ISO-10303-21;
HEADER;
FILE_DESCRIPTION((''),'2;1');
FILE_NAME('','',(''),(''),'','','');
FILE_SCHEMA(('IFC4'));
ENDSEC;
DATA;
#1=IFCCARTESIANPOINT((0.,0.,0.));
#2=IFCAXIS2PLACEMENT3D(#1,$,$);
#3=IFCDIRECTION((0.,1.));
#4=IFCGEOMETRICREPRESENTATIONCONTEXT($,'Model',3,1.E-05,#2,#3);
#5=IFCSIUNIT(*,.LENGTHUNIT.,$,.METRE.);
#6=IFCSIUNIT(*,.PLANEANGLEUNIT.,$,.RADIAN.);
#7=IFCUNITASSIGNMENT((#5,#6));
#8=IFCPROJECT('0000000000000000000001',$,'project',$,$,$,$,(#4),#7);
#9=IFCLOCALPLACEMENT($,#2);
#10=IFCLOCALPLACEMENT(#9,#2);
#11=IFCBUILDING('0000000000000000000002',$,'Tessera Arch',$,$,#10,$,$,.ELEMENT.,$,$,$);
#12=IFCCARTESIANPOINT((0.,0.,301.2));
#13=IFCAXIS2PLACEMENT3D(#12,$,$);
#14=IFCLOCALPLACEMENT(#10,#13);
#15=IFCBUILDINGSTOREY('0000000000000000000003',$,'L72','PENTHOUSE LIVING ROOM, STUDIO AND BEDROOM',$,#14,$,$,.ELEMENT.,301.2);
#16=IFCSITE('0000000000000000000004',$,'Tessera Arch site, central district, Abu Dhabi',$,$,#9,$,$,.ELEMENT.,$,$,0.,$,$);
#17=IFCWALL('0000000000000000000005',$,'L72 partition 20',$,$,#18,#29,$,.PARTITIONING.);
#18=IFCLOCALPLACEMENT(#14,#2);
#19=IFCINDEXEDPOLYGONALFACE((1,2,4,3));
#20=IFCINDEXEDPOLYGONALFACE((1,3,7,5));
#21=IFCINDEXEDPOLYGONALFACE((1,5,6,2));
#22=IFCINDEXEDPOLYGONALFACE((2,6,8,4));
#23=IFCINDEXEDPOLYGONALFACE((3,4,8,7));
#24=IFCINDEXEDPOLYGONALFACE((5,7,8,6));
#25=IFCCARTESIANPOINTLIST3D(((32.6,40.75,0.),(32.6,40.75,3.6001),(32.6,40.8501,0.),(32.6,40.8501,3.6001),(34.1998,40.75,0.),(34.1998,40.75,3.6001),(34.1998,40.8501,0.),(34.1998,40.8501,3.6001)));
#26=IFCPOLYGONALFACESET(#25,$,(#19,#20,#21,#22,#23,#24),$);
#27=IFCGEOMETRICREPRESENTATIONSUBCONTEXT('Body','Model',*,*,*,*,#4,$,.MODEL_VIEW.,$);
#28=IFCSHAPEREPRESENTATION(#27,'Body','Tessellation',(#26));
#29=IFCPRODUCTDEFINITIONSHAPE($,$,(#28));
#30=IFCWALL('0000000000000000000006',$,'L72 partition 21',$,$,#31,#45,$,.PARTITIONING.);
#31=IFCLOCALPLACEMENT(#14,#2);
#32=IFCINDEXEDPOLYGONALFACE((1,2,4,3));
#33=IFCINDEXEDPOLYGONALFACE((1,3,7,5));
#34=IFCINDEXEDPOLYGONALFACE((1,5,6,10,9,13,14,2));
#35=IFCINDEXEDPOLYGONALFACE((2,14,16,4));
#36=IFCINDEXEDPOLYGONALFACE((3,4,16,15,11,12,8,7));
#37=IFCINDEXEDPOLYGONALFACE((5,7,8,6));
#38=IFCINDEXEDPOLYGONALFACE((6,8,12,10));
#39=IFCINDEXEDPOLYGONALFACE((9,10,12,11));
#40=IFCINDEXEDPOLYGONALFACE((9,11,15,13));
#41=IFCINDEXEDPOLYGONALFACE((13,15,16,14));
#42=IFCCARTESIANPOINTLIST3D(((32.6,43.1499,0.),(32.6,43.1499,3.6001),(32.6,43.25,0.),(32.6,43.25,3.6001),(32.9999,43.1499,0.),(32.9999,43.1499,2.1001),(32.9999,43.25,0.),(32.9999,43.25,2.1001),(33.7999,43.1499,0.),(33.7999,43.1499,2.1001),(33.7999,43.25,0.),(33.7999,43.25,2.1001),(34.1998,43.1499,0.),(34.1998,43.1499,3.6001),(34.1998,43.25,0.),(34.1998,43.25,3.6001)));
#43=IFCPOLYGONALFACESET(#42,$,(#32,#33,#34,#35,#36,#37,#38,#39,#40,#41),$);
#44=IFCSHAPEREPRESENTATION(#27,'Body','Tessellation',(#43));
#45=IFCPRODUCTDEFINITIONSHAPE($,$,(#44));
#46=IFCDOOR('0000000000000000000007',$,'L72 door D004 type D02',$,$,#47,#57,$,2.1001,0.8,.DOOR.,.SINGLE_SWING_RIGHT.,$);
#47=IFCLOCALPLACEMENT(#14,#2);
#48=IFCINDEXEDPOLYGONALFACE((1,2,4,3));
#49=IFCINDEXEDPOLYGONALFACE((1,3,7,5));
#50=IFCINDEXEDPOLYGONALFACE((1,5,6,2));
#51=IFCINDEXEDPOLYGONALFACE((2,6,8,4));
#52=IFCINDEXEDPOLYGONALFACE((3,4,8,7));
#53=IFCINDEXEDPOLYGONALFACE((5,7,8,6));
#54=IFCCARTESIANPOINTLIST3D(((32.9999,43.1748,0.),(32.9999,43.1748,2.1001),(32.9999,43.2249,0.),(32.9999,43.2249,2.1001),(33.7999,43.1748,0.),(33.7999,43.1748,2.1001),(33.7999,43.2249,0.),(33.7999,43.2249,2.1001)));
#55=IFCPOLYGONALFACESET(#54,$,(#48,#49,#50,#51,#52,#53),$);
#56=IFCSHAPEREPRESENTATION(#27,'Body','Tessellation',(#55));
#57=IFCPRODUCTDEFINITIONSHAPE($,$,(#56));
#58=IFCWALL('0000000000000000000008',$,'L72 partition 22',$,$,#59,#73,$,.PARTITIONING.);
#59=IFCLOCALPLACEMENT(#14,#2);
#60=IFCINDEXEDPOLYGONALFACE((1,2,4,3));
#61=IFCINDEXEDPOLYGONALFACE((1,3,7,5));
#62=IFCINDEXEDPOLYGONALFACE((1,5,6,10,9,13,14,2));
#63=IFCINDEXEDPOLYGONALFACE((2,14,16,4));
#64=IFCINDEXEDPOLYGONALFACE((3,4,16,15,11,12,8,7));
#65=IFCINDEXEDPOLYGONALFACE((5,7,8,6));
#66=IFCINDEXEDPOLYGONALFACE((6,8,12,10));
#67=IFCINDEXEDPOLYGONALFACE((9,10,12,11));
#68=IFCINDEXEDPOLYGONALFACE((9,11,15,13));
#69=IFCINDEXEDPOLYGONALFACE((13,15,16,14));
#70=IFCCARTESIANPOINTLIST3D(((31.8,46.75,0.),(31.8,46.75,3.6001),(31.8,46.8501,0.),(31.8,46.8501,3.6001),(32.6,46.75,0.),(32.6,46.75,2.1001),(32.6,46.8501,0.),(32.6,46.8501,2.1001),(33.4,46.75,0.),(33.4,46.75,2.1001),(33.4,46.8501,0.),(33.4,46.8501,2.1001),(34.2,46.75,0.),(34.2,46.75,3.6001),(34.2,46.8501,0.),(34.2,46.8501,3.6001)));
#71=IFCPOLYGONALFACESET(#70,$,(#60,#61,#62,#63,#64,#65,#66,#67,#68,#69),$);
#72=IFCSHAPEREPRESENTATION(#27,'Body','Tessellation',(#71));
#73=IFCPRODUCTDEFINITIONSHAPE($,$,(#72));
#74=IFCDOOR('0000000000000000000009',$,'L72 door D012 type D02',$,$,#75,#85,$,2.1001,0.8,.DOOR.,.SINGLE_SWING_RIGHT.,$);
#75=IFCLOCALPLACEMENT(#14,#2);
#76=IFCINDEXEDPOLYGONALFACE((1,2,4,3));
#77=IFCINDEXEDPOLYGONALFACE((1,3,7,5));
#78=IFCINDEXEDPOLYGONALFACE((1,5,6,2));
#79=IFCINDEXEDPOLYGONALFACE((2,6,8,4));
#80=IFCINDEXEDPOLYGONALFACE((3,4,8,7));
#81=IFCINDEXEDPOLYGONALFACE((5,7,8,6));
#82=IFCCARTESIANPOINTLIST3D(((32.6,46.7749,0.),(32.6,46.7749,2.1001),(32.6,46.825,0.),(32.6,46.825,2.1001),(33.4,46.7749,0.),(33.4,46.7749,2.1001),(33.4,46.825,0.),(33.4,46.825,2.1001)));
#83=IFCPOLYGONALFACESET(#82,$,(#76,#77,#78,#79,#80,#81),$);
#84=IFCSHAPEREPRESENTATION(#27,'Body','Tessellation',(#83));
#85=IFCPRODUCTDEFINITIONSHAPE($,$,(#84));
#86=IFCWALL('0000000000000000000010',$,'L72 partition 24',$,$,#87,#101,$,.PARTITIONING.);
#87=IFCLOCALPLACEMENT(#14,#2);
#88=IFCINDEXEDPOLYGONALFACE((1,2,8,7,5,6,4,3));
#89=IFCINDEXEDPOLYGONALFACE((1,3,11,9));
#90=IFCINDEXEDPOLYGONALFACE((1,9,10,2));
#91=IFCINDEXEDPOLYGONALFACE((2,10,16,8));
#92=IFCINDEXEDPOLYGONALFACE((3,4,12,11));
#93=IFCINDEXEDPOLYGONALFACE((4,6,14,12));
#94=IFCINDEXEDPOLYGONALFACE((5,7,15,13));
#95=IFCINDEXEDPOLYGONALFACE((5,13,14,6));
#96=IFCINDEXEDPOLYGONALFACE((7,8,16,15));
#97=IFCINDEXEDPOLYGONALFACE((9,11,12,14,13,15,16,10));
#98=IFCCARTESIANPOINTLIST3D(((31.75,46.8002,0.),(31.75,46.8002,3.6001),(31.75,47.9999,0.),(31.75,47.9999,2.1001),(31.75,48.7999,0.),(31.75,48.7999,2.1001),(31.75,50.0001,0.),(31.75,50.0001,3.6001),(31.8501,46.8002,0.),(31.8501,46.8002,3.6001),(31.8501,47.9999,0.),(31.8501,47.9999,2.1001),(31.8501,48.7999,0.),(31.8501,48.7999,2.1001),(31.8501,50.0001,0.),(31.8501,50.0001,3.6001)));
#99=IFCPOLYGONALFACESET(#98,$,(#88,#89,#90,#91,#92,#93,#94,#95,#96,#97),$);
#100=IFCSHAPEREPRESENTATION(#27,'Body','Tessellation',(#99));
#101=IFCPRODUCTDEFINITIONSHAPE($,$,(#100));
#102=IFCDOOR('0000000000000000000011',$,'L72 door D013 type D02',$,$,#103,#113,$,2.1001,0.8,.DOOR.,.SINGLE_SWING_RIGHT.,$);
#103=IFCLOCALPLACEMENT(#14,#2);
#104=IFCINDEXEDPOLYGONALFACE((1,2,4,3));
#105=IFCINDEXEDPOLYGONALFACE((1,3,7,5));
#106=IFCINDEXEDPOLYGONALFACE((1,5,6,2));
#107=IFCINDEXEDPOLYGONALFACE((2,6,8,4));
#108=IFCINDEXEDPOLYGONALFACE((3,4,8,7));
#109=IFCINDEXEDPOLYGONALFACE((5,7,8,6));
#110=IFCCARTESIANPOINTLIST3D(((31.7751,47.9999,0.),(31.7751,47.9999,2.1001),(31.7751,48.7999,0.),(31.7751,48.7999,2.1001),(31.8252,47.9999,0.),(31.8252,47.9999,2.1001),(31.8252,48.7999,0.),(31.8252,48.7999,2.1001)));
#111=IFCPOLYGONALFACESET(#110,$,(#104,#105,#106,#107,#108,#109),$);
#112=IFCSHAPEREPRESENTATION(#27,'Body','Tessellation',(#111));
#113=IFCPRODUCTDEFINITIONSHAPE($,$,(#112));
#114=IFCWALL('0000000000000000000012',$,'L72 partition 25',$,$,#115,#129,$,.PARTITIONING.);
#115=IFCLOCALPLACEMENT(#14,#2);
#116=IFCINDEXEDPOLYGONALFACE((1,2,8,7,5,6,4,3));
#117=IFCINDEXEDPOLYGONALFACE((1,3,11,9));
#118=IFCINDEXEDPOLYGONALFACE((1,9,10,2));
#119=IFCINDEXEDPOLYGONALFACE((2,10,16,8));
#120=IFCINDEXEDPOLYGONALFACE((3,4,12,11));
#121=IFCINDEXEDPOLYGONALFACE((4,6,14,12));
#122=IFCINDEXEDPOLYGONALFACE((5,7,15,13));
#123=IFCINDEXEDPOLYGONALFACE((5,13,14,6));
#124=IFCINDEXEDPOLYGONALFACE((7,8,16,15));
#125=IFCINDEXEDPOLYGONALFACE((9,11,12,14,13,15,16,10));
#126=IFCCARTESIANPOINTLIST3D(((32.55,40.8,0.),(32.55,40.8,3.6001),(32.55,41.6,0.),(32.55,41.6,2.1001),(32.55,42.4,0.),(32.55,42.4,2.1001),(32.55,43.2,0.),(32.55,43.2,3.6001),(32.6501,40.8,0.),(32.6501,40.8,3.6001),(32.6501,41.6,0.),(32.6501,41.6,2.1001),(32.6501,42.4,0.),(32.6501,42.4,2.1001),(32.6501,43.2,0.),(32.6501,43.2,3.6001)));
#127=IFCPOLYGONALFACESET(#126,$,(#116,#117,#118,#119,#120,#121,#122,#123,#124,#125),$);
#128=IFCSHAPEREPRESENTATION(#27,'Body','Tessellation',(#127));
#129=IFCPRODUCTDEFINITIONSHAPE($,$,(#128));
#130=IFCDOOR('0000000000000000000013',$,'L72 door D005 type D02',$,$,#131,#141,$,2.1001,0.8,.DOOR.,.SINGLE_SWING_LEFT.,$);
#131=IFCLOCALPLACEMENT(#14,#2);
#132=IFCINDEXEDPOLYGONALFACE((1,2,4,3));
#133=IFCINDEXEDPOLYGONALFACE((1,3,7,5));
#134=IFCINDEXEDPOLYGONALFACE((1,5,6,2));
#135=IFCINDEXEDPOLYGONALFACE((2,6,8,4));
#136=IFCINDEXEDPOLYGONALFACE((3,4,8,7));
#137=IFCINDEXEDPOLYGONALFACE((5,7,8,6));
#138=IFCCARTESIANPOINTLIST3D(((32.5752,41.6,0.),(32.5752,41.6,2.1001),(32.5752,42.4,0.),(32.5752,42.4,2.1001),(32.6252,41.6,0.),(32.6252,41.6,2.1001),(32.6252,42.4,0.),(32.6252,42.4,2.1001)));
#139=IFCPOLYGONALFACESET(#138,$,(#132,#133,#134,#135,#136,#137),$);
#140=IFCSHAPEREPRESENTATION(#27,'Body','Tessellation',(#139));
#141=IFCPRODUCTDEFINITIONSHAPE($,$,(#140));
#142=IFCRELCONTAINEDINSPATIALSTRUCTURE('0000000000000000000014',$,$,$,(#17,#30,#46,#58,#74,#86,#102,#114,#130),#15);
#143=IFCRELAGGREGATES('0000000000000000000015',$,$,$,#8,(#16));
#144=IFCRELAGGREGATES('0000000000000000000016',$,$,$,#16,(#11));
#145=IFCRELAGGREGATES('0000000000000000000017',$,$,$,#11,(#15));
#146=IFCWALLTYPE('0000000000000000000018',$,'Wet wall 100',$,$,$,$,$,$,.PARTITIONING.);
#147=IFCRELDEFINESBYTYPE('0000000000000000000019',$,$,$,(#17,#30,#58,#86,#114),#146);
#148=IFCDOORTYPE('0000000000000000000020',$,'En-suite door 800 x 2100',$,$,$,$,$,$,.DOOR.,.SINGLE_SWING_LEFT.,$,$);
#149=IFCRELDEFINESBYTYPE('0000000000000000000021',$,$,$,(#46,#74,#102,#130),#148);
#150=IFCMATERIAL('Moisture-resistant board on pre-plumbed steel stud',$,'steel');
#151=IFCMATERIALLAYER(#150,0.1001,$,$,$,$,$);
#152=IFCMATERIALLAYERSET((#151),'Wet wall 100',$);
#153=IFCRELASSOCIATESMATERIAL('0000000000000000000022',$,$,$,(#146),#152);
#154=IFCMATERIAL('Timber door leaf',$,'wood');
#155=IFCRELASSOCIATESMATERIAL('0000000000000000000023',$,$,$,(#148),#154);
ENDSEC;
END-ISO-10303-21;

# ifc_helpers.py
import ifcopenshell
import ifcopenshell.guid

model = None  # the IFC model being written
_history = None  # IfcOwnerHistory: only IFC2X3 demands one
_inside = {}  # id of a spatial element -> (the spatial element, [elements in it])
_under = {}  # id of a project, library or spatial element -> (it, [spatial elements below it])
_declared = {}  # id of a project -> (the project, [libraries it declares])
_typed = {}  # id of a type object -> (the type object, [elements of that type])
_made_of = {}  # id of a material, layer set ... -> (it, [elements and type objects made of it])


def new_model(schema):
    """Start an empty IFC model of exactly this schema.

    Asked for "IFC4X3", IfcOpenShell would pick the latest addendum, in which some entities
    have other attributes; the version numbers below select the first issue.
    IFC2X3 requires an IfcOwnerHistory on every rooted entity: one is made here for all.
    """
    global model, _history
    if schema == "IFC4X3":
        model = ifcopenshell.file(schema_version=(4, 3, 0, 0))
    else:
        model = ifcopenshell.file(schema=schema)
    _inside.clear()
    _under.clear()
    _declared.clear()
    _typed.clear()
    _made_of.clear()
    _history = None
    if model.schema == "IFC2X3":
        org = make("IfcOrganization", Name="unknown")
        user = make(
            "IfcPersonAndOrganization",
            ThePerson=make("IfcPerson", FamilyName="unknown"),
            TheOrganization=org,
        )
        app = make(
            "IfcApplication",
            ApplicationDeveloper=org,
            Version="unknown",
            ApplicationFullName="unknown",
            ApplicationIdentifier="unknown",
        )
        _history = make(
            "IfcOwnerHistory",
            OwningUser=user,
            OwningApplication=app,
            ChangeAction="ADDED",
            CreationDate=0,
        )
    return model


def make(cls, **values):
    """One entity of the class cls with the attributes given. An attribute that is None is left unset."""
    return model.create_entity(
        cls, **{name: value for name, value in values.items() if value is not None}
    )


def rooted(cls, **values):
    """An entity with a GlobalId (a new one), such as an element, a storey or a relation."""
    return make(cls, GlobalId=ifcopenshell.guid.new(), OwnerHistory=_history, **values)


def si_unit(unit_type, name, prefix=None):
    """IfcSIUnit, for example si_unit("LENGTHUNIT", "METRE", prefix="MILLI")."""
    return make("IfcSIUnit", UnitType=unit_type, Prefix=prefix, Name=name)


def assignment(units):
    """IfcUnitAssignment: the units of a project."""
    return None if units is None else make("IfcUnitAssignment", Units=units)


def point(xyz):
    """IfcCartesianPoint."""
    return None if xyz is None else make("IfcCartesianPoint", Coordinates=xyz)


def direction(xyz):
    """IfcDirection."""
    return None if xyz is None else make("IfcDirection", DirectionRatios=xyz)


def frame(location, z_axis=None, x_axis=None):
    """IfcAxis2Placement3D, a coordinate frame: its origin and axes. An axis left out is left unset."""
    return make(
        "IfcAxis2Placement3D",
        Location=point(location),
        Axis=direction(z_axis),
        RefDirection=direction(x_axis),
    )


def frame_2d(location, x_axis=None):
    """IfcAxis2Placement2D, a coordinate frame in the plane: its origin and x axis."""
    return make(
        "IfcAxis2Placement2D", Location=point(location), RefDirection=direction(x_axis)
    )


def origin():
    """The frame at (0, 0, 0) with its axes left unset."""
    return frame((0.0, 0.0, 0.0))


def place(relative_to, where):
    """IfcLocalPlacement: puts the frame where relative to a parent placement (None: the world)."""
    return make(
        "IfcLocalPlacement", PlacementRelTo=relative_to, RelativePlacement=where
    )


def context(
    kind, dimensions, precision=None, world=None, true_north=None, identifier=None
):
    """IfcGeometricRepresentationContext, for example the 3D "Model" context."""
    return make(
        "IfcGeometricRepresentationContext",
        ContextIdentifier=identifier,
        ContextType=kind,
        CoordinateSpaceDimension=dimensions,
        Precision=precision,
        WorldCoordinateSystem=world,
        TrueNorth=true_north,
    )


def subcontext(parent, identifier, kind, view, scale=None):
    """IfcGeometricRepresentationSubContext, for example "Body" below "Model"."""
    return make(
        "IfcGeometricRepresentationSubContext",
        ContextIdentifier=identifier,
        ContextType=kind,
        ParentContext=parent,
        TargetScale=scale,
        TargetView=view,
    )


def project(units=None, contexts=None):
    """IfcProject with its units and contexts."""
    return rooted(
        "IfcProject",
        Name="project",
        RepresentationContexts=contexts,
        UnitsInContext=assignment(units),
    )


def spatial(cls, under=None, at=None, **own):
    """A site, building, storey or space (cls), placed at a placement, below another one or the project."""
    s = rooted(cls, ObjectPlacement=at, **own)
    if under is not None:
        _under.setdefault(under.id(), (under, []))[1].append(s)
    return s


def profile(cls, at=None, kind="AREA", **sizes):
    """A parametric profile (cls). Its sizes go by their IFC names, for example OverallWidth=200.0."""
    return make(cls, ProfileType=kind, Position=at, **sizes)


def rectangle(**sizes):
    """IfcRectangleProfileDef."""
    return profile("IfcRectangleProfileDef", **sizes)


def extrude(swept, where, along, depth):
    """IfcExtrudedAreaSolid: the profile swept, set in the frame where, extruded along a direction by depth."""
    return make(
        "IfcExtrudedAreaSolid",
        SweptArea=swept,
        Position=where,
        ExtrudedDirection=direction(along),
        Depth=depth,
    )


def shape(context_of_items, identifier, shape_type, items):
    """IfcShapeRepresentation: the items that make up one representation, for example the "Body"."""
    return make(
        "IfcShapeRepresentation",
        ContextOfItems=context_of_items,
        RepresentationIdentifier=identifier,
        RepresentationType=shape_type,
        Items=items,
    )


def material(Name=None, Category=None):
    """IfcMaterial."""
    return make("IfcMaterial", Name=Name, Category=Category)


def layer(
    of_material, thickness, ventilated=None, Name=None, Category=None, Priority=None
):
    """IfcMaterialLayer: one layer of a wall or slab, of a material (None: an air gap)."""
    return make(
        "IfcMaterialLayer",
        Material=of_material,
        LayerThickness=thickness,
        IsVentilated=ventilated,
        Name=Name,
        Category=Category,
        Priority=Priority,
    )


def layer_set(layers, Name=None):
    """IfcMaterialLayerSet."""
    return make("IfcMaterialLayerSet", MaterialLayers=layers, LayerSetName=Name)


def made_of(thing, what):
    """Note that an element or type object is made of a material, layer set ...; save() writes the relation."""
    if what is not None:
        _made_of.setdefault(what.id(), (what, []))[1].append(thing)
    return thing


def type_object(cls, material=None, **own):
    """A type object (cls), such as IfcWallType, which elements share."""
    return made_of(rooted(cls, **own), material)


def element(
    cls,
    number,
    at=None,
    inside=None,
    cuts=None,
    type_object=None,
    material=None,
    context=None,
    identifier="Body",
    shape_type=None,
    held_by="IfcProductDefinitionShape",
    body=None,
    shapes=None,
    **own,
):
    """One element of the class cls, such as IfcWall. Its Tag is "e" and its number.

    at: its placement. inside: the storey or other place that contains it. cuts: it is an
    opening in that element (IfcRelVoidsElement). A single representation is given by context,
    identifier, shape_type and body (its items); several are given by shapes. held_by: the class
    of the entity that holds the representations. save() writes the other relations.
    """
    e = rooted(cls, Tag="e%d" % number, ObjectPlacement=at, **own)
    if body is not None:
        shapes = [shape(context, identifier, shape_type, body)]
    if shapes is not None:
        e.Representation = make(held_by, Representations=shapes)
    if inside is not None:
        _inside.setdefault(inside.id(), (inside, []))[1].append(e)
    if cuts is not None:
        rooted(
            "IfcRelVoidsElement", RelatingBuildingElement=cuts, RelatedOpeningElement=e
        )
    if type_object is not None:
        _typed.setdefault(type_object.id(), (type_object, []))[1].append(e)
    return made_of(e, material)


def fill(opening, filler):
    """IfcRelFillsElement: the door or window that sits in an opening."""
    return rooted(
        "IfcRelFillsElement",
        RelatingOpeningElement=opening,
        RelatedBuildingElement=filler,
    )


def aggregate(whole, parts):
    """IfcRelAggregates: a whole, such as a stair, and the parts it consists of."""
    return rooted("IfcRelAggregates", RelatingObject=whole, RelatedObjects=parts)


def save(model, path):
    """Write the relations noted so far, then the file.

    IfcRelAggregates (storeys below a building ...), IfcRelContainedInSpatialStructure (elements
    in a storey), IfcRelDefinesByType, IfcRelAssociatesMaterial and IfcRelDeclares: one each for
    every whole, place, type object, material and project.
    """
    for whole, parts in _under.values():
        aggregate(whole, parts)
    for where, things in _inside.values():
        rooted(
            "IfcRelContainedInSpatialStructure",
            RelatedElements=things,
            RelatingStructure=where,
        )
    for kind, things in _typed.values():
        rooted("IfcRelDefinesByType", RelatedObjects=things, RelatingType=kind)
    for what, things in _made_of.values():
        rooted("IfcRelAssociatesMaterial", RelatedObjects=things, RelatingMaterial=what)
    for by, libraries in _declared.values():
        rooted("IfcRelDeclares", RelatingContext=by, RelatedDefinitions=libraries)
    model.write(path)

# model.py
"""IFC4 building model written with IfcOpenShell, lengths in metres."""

from ifc_helpers import new_model, si_unit, direction, frame, frame_2d, origin, place, context, subcontext, project, spatial, rectangle, extrude, material, layer, layer_set, type_object, element, fill, save


model = new_model("IFC4")

# Units and contexts
model_context = context("Model", 3, precision=1e-05, world=origin(), true_north=direction((0.0, 1.0)))
body_context = subcontext(model_context, "Body", "Model", "MODEL_VIEW")
ifc_project = project(units=[si_unit("LENGTHUNIT", "METRE"), si_unit("PLANEANGLEUNIT", "RADIAN")], contexts=[model_context])

# Site, building, storey
site_placement = place(None, origin())
site = spatial("IfcSite", under=ifc_project, at=site_placement, Name="Tessera Arch site, central district, Abu Dhabi", CompositionType="ELEMENT", RefElevation=0.0)
building_placement = place(site_placement, origin())
building = spatial("IfcBuilding", under=site, at=building_placement, Name="Tessera Arch", CompositionType="ELEMENT")
storey_placement = place(building_placement, frame((0.0, 0.0, 301.2)))
storey = spatial("IfcBuildingStorey", under=building, at=storey_placement, Name="L72", Description="PENTHOUSE LIVING ROOM, STUDIO AND BEDROOM", CompositionType="ELEMENT", Elevation=301.2)

# Wall
ifc_material_1 = material(Name="Moisture-resistant board on pre-plumbed steel stud", Category="steel")
ifc_layer_1 = layer(ifc_material_1, 0.1001)
ifc_layer_set_1 = layer_set([ifc_layer_1], Name="Wet wall 100")
wall_type_1 = type_object("IfcWallType", Name="Wet wall 100", PredefinedType="PARTITIONING", material=ifc_layer_set_1)
wall_1_placement = place(storey_placement, frame((32.6001, 40.8, 0.0), z_axis=(0.0, 0.0, 1.0), x_axis=(1.0, 0.0, 0.0)))
element("IfcWall", 1, at=wall_1_placement, inside=storey, type_object=wall_type_1, Name="L72 partition 20", PredefinedType="PARTITIONING", context=body_context, shape_type="SweptSolid", body=[
    extrude(rectangle(XDim=1.5999, YDim=0.1001, at=frame_2d((0.7998, 0.0))), origin(), (0.0, 0.0, 1.0), 3.6001),
])

# Walls, openings, doors
wall_2_placement = place(storey_placement, frame((32.6001, 43.2, 0.0), z_axis=(0.0, 0.0, 1.0), x_axis=(1.0, 0.0, 0.0)))
wall_2 = element("IfcWall", 2, at=wall_2_placement, inside=storey, type_object=wall_type_1, Name="L72 partition 21", PredefinedType="PARTITIONING", context=body_context, shape_type="SweptSolid", body=[
    extrude(rectangle(XDim=1.5999, YDim=0.1001, at=frame_2d((0.7998, 0.0))), origin(), (0.0, 0.0, 1.0), 3.6001),
])
opening_1_placement = place(wall_2_placement, frame((0.3999, 0.0, 0.0)))
opening_1 = element("IfcOpeningElement", 3, at=opening_1_placement, cuts=wall_2, PredefinedType="OPENING", context=body_context, shape_type="SweptSolid", body=[
    extrude(rectangle(XDim=0.8, YDim=2.1001, at=frame_2d((0.3999, 1.05))), frame((0.0, 0.0601, 0.0), z_axis=(0.0, -1.0, 0.0), x_axis=(1.0, 0.0, 0.0)), (0.0, 0.0, 1.0), 0.1201),
])
ifc_material_2 = material(Name="Timber door leaf", Category="wood")
door_type_1 = type_object("IfcDoorType", Name="En-suite door 800 x 2100", OperationType="SINGLE_SWING_LEFT", PredefinedType="DOOR", material=ifc_material_2)
door_1_placement = place(opening_1_placement, origin())
door_1 = element("IfcDoor", 4, at=door_1_placement, inside=storey, type_object=door_type_1, Name="L72 door D004 type D02", OperationType="SINGLE_SWING_RIGHT", OverallHeight=2.1001, OverallWidth=0.8, PredefinedType="DOOR", context=body_context, shape_type="SweptSolid", body=[
    extrude(rectangle(XDim=0.8, YDim=2.1001, at=frame_2d((0.3999, 1.05))), frame((0.0, 0.0249, 0.0), z_axis=(0.0, -1.0, 0.0), x_axis=(1.0, 0.0, 0.0)), (0.0, 0.0, 1.0), 0.05),
])
fill(opening_1, door_1)
wall_3_placement = place(storey_placement, frame((31.8, 46.8, 0.0), z_axis=(0.0, 0.0, 1.0), x_axis=(1.0, 0.0, 0.0)))
wall_3 = element("IfcWall", 5, at=wall_3_placement, inside=storey, type_object=wall_type_1, Name="L72 partition 22", PredefinedType="PARTITIONING", context=body_context, shape_type="SweptSolid", body=[
    extrude(rectangle(XDim=2.3999, YDim=0.1001, at=frame_2d((1.2, 0.0))), origin(), (0.0, 0.0, 1.0), 3.6001),
])
opening_2_placement = place(wall_3_placement, frame((0.8, 0.0, 0.0)))
opening_2 = element("IfcOpeningElement", 6, at=opening_2_placement, cuts=wall_3, PredefinedType="OPENING", context=body_context, shape_type="SweptSolid", body=[
    extrude(rectangle(XDim=0.8, YDim=2.1001, at=frame_2d((0.3999, 1.05))), frame((0.0, 0.0601, 0.0), z_axis=(0.0, -1.0, 0.0), x_axis=(1.0, 0.0, 0.0)), (0.0, 0.0, 1.0), 0.1201),
])
door_2_placement = place(opening_2_placement, origin())
door_2 = element("IfcDoor", 7, at=door_2_placement, inside=storey, type_object=door_type_1, Name="L72 door D012 type D02", OperationType="SINGLE_SWING_RIGHT", OverallHeight=2.1001, OverallWidth=0.8, PredefinedType="DOOR", context=body_context, shape_type="SweptSolid", body=[
    extrude(rectangle(XDim=0.8, YDim=2.1001, at=frame_2d((0.3999, 1.05))), frame((0.0, 0.0249, 0.0), z_axis=(0.0, -1.0, 0.0), x_axis=(1.0, 0.0, 0.0)), (0.0, 0.0, 1.0), 0.05),
])
fill(opening_2, door_2)
wall_4_placement = place(storey_placement, frame((31.8, 46.8, 0.0), z_axis=(0.0, 0.0, 1.0), x_axis=(0.0, 1.0, 0.0)))
wall_4 = element("IfcWall", 8, at=wall_4_placement, inside=storey, type_object=wall_type_1, Name="L72 partition 24", PredefinedType="PARTITIONING", context=body_context, shape_type="SweptSolid", body=[
    extrude(rectangle(XDim=3.2, YDim=0.1001, at=frame_2d((1.6001, 0.0))), origin(), (0.0, 0.0, 1.0), 3.6001),
])
opening_3_placement = place(wall_4_placement, frame((1.2, 0.0, 0.0)))
opening_3 = element("IfcOpeningElement", 9, at=opening_3_placement, cuts=wall_4, PredefinedType="OPENING", context=body_context, shape_type="SweptSolid", body=[
    extrude(rectangle(XDim=0.8, YDim=2.1001, at=frame_2d((0.3999, 1.05))), frame((0.0, 0.0601, 0.0), z_axis=(0.0, -1.0, 0.0), x_axis=(1.0, 0.0, 0.0)), (0.0, 0.0, 1.0), 0.1201),
])
door_3_placement = place(opening_3_placement, origin())
door_3 = element("IfcDoor", 10, at=door_3_placement, inside=storey, type_object=door_type_1, Name="L72 door D013 type D02", OperationType="SINGLE_SWING_RIGHT", OverallHeight=2.1001, OverallWidth=0.8, PredefinedType="DOOR", context=body_context, shape_type="SweptSolid", body=[
    extrude(rectangle(XDim=0.8, YDim=2.1001, at=frame_2d((0.3999, 1.05))), frame((0.0, 0.0249, 0.0), z_axis=(0.0, -1.0, 0.0), x_axis=(1.0, 0.0, 0.0)), (0.0, 0.0, 1.0), 0.05),
])
fill(opening_3, door_3)
wall_5_placement = place(storey_placement, frame((32.6001, 40.8, 0.0), z_axis=(0.0, 0.0, 1.0), x_axis=(0.0, 1.0, 0.0)))
wall_5 = element("IfcWall", 11, at=wall_5_placement, inside=storey, type_object=wall_type_1, Name="L72 partition 25", PredefinedType="PARTITIONING", context=body_context, shape_type="SweptSolid", body=[
    extrude(rectangle(XDim=2.3999, YDim=0.1001, at=frame_2d((1.2, 0.0))), origin(), (0.0, 0.0, 1.0), 3.6001),
])
opening_4_placement = place(wall_5_placement, frame((0.8, 0.0, 0.0)))
opening_4 = element("IfcOpeningElement", 12, at=opening_4_placement, cuts=wall_5, PredefinedType="OPENING", context=body_context, shape_type="SweptSolid", body=[
    extrude(rectangle(XDim=0.8, YDim=2.1001, at=frame_2d((0.3999, 1.05))), frame((0.0, 0.0601, 0.0), z_axis=(0.0, -1.0, 0.0), x_axis=(1.0, 0.0, 0.0)), (0.0, 0.0, 1.0), 0.1201),
])
door_4_placement = place(opening_4_placement, origin())
door_4 = element("IfcDoor", 13, at=door_4_placement, inside=storey, type_object=door_type_1, Name="L72 door D005 type D02", OperationType="SINGLE_SWING_LEFT", OverallHeight=2.1001, OverallWidth=0.8, PredefinedType="DOOR", context=body_context, shape_type="SweptSolid", body=[
    extrude(rectangle(XDim=0.8, YDim=2.1001, at=frame_2d((0.3999, 1.05))), frame((0.0, 0.0249, 0.0), z_axis=(0.0, -1.0, 0.0), x_axis=(1.0, 0.0, 0.0)), (0.0, 0.0, 1.0), 0.05),
])
fill(opening_4, door_4)

save(model, "model.ifc")
